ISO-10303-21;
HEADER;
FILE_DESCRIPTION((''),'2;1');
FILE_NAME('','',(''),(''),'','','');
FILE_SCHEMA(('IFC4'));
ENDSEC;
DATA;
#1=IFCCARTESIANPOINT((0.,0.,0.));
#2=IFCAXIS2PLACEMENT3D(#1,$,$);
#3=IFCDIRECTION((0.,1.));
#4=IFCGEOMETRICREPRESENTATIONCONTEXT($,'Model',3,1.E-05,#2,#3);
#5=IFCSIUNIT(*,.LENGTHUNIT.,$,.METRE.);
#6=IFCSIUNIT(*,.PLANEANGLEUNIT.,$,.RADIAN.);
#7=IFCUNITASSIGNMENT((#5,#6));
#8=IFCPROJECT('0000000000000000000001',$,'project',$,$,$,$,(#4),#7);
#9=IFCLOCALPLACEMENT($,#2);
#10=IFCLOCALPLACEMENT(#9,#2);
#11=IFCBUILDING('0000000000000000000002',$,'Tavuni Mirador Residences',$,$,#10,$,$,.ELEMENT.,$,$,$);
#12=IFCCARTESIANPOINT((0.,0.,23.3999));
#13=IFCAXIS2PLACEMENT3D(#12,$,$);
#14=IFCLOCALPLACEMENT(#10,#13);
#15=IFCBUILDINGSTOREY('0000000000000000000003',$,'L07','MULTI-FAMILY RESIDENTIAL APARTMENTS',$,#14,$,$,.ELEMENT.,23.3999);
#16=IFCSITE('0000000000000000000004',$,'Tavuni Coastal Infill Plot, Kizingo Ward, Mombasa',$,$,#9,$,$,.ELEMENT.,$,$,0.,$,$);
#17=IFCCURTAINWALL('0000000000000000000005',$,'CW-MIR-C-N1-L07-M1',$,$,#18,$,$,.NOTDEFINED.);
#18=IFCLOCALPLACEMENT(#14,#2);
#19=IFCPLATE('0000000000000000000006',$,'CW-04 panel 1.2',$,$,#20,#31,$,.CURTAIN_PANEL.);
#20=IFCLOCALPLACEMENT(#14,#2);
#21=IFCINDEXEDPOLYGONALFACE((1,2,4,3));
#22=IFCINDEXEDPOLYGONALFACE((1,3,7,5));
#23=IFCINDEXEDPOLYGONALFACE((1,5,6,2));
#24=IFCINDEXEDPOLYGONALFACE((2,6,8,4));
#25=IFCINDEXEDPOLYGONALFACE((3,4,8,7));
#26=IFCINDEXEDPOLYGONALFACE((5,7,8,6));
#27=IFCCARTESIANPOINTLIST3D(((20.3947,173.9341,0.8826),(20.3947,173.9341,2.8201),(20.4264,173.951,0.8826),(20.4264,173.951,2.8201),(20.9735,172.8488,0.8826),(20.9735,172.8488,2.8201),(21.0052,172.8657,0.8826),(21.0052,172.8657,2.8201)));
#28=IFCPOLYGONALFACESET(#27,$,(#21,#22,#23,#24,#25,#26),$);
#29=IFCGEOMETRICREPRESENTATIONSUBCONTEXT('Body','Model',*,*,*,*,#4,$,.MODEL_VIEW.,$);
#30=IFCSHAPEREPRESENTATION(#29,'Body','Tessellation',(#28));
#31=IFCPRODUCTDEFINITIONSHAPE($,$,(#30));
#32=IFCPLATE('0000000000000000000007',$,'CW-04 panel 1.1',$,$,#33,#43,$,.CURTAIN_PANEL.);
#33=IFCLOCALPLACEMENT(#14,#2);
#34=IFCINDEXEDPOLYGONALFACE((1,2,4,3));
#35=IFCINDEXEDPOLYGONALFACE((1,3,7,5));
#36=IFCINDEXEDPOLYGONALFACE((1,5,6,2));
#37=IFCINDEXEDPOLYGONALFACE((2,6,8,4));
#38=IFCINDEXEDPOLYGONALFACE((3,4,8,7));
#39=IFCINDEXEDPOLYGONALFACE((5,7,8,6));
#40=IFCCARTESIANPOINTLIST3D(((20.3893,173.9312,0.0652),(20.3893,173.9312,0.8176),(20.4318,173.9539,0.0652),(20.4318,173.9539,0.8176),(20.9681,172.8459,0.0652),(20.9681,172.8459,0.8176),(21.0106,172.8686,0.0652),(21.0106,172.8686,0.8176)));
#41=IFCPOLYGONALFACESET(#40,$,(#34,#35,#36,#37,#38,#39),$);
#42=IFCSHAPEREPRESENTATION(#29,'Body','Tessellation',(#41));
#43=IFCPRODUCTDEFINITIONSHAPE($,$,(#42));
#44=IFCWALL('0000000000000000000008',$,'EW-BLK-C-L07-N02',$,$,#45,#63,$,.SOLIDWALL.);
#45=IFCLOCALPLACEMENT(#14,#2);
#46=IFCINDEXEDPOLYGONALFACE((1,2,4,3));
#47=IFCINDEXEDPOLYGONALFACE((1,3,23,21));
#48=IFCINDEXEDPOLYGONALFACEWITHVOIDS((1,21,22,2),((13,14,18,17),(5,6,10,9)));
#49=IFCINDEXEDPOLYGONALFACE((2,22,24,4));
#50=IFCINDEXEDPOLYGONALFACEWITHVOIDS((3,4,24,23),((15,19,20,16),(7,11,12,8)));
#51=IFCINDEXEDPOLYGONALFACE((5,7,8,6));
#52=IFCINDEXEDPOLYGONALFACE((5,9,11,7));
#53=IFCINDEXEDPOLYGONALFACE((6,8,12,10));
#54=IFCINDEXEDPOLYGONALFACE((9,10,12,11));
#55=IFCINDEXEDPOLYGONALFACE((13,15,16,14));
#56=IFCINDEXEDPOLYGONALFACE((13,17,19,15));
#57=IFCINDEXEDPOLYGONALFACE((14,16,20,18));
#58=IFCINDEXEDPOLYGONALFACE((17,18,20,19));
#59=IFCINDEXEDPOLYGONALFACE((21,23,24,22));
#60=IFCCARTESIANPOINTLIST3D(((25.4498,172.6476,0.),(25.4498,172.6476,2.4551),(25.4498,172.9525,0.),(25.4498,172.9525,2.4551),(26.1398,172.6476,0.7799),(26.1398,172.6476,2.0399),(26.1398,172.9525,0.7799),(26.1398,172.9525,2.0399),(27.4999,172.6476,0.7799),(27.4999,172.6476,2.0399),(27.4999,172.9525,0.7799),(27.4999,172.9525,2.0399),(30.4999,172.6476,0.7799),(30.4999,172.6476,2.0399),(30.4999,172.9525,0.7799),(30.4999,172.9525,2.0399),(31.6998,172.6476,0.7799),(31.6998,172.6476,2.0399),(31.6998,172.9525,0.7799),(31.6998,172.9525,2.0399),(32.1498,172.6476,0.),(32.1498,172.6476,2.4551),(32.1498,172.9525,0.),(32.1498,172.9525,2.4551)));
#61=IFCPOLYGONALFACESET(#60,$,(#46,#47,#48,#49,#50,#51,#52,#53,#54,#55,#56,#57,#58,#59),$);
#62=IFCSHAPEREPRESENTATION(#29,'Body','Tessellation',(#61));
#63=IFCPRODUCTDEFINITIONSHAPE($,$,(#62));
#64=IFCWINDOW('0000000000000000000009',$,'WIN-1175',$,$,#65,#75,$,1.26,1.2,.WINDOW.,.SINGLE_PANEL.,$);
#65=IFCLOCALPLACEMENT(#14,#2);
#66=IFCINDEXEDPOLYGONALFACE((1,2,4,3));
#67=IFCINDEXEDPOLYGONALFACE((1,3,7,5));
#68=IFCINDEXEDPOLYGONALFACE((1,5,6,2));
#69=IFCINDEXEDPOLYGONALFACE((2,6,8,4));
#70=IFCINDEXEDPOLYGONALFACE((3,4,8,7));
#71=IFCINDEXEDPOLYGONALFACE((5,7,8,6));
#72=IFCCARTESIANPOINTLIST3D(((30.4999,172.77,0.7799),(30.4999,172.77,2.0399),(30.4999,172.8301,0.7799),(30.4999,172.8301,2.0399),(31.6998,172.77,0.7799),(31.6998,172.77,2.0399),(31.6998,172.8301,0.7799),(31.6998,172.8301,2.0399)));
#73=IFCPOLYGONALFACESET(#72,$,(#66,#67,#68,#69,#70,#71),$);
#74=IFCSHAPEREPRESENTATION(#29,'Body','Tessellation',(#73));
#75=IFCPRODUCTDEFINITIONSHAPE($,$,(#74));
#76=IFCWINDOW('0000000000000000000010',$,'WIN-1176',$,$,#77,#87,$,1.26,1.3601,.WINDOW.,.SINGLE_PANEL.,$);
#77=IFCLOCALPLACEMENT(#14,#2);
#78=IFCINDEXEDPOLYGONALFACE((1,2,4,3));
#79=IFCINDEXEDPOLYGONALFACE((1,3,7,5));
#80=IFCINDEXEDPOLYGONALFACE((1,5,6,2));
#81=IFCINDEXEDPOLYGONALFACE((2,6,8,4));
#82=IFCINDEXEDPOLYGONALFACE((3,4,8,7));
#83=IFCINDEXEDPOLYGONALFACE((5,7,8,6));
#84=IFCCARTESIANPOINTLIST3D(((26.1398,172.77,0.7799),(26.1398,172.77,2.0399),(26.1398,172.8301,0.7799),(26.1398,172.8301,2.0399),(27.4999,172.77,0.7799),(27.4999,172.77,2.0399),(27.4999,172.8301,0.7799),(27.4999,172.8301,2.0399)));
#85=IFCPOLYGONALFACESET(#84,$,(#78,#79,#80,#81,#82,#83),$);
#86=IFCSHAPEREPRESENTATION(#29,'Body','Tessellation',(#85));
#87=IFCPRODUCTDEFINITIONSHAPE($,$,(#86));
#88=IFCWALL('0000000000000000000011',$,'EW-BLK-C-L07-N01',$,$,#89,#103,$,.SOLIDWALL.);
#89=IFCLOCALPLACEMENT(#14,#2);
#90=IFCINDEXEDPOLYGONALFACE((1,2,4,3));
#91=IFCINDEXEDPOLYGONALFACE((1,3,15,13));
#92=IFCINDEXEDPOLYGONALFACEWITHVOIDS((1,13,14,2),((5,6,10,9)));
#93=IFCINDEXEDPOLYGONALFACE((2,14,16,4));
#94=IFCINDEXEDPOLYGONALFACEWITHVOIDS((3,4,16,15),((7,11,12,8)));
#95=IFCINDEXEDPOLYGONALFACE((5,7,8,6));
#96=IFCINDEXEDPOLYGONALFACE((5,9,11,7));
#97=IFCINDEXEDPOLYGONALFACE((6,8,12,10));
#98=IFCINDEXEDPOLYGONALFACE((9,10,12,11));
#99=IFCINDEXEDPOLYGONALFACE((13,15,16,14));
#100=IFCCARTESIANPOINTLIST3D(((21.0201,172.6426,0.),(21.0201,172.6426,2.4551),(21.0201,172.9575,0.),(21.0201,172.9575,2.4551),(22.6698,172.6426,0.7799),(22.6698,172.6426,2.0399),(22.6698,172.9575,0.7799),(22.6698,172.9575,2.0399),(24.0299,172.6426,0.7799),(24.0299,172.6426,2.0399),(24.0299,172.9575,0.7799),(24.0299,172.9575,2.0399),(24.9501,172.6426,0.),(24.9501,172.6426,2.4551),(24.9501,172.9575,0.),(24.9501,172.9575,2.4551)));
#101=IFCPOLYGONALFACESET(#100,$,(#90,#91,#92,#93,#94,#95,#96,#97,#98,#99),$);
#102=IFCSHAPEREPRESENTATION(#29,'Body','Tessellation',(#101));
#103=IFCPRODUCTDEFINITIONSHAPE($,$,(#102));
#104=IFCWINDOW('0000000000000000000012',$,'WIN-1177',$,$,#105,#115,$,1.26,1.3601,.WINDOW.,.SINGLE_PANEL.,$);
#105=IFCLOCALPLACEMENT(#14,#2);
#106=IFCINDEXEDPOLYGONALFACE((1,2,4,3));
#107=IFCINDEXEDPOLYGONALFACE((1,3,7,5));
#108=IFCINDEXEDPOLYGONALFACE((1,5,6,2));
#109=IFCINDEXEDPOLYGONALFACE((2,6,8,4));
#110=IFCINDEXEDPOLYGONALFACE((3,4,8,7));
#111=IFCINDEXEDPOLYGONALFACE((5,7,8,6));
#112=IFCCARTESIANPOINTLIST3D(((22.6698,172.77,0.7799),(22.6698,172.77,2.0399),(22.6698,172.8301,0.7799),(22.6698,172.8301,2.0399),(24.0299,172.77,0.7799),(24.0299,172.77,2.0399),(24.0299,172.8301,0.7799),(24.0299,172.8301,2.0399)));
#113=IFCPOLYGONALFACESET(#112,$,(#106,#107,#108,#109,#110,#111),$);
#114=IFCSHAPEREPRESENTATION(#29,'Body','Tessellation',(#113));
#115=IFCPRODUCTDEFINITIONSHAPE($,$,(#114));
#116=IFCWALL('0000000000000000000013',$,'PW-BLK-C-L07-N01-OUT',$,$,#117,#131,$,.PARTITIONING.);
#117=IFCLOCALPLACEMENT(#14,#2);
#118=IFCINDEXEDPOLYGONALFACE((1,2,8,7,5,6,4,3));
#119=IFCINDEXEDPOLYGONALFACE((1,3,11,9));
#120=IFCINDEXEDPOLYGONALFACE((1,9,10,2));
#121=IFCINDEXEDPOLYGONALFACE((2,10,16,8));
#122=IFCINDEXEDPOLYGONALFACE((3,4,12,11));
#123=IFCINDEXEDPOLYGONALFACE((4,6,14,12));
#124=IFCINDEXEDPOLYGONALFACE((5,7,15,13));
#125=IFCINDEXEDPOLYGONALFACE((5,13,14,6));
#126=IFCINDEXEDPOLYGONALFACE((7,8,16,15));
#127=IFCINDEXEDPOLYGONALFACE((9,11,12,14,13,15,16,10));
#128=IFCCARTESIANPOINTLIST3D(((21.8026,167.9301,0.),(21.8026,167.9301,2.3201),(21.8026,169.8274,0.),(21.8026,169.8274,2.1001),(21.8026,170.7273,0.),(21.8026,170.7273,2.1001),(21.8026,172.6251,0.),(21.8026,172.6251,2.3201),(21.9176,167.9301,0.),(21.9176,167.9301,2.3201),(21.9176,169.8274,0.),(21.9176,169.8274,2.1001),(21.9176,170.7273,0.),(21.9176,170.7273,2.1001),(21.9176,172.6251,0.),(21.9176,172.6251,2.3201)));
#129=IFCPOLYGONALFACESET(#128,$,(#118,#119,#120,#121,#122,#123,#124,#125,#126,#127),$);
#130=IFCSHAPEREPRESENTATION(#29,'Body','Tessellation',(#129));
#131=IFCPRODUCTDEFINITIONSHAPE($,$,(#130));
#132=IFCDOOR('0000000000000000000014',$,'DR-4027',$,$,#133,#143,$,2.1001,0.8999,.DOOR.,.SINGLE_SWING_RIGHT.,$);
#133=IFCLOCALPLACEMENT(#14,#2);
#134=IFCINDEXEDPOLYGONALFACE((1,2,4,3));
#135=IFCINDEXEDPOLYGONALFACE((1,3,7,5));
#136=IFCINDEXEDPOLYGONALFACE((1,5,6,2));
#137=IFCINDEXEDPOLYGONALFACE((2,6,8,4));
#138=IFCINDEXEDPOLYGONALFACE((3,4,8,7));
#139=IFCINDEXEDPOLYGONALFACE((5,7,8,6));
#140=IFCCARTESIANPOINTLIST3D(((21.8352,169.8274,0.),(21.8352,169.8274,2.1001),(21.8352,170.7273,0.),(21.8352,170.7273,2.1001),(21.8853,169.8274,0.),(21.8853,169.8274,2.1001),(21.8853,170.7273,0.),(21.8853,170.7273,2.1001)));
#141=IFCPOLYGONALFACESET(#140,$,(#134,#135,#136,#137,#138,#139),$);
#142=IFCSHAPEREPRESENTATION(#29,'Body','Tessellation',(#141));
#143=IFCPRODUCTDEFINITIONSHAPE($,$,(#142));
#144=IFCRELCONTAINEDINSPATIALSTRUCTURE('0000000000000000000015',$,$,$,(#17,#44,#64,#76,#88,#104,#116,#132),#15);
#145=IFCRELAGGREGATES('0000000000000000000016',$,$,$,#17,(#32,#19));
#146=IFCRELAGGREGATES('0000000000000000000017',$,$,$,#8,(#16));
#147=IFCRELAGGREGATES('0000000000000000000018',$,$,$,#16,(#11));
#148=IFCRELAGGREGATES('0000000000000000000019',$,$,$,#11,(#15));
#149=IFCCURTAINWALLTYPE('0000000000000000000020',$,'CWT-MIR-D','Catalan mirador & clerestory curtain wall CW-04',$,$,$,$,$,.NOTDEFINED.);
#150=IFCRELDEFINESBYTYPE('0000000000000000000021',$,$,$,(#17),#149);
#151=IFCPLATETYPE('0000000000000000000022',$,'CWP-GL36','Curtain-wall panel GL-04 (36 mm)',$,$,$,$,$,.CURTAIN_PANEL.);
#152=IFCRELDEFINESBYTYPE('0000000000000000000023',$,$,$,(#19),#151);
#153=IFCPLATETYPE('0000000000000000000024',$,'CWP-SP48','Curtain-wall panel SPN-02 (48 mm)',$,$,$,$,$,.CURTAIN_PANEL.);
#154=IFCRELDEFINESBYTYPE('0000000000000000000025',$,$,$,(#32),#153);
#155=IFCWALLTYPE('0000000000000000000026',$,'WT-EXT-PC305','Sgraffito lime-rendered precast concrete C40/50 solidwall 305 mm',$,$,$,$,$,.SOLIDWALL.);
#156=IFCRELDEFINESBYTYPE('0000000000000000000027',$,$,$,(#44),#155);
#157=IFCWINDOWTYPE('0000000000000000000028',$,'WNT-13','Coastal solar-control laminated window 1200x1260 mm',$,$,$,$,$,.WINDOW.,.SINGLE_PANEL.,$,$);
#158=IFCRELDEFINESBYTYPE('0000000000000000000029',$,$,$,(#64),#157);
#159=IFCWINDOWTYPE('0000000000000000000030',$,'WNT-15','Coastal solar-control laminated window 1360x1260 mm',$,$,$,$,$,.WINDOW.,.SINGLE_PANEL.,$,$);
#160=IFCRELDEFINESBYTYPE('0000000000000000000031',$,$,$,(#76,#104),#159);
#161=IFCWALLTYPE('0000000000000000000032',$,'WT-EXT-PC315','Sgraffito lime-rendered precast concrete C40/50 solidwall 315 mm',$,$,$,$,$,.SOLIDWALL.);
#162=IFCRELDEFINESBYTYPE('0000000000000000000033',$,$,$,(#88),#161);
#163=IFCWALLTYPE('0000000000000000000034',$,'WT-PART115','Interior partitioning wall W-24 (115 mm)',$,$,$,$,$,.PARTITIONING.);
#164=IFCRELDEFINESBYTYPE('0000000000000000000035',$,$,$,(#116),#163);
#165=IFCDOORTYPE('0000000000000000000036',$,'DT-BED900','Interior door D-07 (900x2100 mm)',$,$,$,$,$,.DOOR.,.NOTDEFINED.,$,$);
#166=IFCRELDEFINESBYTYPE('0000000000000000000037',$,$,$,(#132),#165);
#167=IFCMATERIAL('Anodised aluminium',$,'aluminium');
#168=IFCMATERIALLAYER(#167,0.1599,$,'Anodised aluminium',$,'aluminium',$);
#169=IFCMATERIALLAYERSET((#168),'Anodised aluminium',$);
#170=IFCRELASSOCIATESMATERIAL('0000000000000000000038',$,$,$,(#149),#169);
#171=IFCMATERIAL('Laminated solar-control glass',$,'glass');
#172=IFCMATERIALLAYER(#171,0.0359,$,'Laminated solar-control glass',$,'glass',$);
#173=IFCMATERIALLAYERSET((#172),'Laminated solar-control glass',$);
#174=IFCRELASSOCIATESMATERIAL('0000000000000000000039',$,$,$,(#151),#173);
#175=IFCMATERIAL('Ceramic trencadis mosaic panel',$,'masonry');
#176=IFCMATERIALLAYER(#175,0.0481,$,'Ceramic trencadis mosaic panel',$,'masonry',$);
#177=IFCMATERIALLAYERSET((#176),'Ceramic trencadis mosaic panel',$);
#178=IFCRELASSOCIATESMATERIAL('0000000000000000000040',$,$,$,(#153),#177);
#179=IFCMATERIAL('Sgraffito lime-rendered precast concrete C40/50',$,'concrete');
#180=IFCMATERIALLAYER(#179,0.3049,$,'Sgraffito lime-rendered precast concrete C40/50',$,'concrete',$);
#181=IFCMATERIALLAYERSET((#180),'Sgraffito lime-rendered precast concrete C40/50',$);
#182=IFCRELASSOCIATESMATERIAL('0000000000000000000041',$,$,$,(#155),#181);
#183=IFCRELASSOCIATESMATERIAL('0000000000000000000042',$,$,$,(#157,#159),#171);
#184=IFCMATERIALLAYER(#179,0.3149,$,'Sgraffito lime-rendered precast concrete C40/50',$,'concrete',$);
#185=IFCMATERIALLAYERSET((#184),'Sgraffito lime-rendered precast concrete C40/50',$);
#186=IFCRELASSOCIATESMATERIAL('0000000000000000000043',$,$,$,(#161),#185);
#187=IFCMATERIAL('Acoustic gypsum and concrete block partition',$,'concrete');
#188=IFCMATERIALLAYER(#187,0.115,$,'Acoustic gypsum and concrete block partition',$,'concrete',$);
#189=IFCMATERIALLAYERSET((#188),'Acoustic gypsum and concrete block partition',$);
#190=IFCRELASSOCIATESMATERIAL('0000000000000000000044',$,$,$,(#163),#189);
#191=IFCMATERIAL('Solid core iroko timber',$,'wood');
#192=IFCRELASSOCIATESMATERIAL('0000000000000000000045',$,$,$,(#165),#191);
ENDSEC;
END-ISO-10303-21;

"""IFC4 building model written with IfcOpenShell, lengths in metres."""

from ifc_helpers import new_model, si_unit, direction, frame, frame_2d, origin, origin_2d, place, context, subcontext, project, spatial, rectangle, extrude, material, layer, layer_set, type_object, element, fill, aggregate, save


model = new_model("IFC4")

# Units and contexts
model_context = context("Model", 3, precision=1e-05, world=origin(), true_north=direction((0.0, 1.0)))
body_context = subcontext(model_context, "Body", "Model", "MODEL_VIEW")
ifc_project = project(units=[si_unit("LENGTHUNIT", "METRE"), si_unit("PLANEANGLEUNIT", "RADIAN")], contexts=[model_context])

# Site, building, storey
site_placement = place(None, origin())
site = spatial("IfcSite", under=ifc_project, at=site_placement, Name="Tavuni Coastal Infill Plot, Kizingo Ward, Mombasa", CompositionType="ELEMENT", RefElevation=0.0)
building_placement = place(site_placement, origin())
building = spatial("IfcBuilding", under=site, at=building_placement, Name="Tavuni Mirador Residences", CompositionType="ELEMENT")
storey_placement = place(building_placement, frame((0.0, 0.0, 23.3999)))
storey = spatial("IfcBuildingStorey", under=building, at=storey_placement, Name="L07", Description="MULTI-FAMILY RESIDENTIAL APARTMENTS", CompositionType="ELEMENT", Elevation=23.3999)

# Shared definitions
ifc_material_1 = material(Name="Anodised aluminium", Category="aluminium")

# Curtain wall
ifc_layer_1 = layer(ifc_material_1, 0.1599, Name="Anodised aluminium", Category="aluminium")
ifc_layer_set_1 = layer_set([ifc_layer_1], Name="Anodised aluminium")
curtain_wall_type_1 = type_object("IfcCurtainWallType", Name="CWT-MIR-D", Description="Catalan mirador & clerestory curtain wall CW-04", PredefinedType="NOTDEFINED", material=ifc_layer_set_1)
curtain_wall_1_placement = place(storey_placement, origin())
curtain_wall_1 = element("IfcCurtainWall", 1, at=curtain_wall_1_placement, inside=storey, type_object=curtain_wall_type_1, Name="CW-MIR-C-N1-L07-M1", PredefinedType="NOTDEFINED")

# Plates
ifc_material_2 = material(Name="Laminated solar-control glass", Category="glass")
ifc_layer_2 = layer(ifc_material_2, 0.0359, Name="Laminated solar-control glass", Category="glass")
ifc_layer_set_2 = layer_set([ifc_layer_2], Name="Laminated solar-control glass")
plate_type_1 = type_object("IfcPlateType", Name="CWP-GL36", Description="Curtain-wall panel GL-04 (36 mm)", PredefinedType="CURTAIN_PANEL", material=ifc_layer_set_2)
plate_1_placement = place(storey_placement, frame((20.7, 173.3999, 0.8826), z_axis=(0.0, 0.0, 1.0), x_axis=(-0.470588, 0.882353, 0.0)))
plate_1 = element("IfcPlate", 2, at=plate_1_placement, type_object=plate_type_1, Name="CW-04 panel 1.2", PredefinedType="CURTAIN_PANEL", context=body_context, shape_type="SweptSolid", body=[
    extrude(rectangle(XDim=1.23, YDim=0.0359, at=origin_2d()), origin(), (0.0, 0.0, 1.0), 1.9375),
])
ifc_material_3 = material(Name="Ceramic trencadis mosaic panel", Category="masonry")
ifc_layer_3 = layer(ifc_material_3, 0.0481, Name="Ceramic trencadis mosaic panel", Category="masonry")
ifc_layer_set_3 = layer_set([ifc_layer_3], Name="Ceramic trencadis mosaic panel")
plate_type_2 = type_object("IfcPlateType", Name="CWP-SP48", Description="Curtain-wall panel SPN-02 (48 mm)", PredefinedType="CURTAIN_PANEL", material=ifc_layer_set_3)
plate_2_placement = place(storey_placement, frame((20.7, 173.3999, 0.0652), z_axis=(0.0, 0.0, 1.0), x_axis=(-0.470588, 0.882353, 0.0)))
plate_2 = element("IfcPlate", 3, at=plate_2_placement, type_object=plate_type_2, Name="CW-04 panel 1.1", PredefinedType="CURTAIN_PANEL", context=body_context, shape_type="SweptSolid", body=[
    extrude(rectangle(XDim=1.23, YDim=0.0481, at=origin_2d()), origin(), (0.0, 0.0, 1.0), 0.7524),
])
aggregate(curtain_wall_1, [plate_2, plate_1])

# Wall, openings, windows
ifc_material_4 = material(Name="Sgraffito lime-rendered precast concrete C40/50", Category="concrete")
ifc_layer_4 = layer(ifc_material_4, 0.3049, Name="Sgraffito lime-rendered precast concrete C40/50", Category="concrete")
ifc_layer_set_4 = layer_set([ifc_layer_4], Name="Sgraffito lime-rendered precast concrete C40/50")
wall_type_1 = type_object("IfcWallType", Name="WT-EXT-PC305", Description="Sgraffito lime-rendered precast concrete C40/50 solidwall 305 mm", PredefinedType="SOLIDWALL", material=ifc_layer_set_4)
wall_1_placement = place(storey_placement, frame((32.1499, 172.8, 0.0), z_axis=(0.0, 0.0, 1.0), x_axis=(-1.0, 0.0, 0.0)))
wall_1 = element("IfcWall", 4, at=wall_1_placement, inside=storey, type_object=wall_type_1, Name="EW-BLK-C-L07-N02", PredefinedType="SOLIDWALL", context=body_context, shape_type="SweptSolid", body=[
    extrude(rectangle(XDim=6.7, YDim=0.3049, at=frame_2d((3.3501, 0.0))), origin(), (0.0, 0.0, 1.0), 2.4551),
])
opening_1_placement = place(wall_1_placement, frame((0.45, 0.0, 0.78)))
opening_1 = element("IfcOpeningElement", 5, at=opening_1_placement, cuts=wall_1, PredefinedType="OPENING", context=body_context, shape_type="SweptSolid", body=[
    extrude(rectangle(XDim=1.2, YDim=1.26, at=frame_2d((0.6001, 0.6299))), frame((0.0, 0.1626, 0.0), z_axis=(0.0, -1.0, 0.0), x_axis=(1.0, 0.0, 0.0)), (0.0, 0.0, 1.0), 0.325),
])
opening_2_placement = place(wall_1_placement, frame((4.6499, 0.0, 0.78)))
opening_2 = element("IfcOpeningElement", 6, at=opening_2_placement, cuts=wall_1, PredefinedType="OPENING", context=body_context, shape_type="SweptSolid", body=[
    extrude(rectangle(XDim=1.3601, YDim=1.26, at=frame_2d((0.6802, 0.6299))), frame((0.0, 0.1626, 0.0), z_axis=(0.0, -1.0, 0.0), x_axis=(1.0, 0.0, 0.0)), (0.0, 0.0, 1.0), 0.325),
])
window_type_1 = type_object("IfcWindowType", Name="WNT-13", Description="Coastal solar-control laminated window 1200x1260 mm", PartitioningType="SINGLE_PANEL", PredefinedType="WINDOW", material=ifc_material_2)
window_1_placement = place(opening_1_placement, origin())
window_1 = element("IfcWindow", 7, at=window_1_placement, inside=storey, type_object=window_type_1, Name="WIN-1175", OverallHeight=1.26, OverallWidth=1.2, PartitioningType="SINGLE_PANEL", PredefinedType="WINDOW", context=body_context, shape_type="SweptSolid", body=[
    extrude(rectangle(XDim=1.2, YDim=1.26, at=frame_2d((0.6001, 0.6299))), frame((0.0, 0.03, 0.0), z_axis=(0.0, -1.0, 0.0), x_axis=(1.0, 0.0, 0.0)), (0.0, 0.0, 1.0), 0.0601),
])
fill(opening_1, window_1)
window_type_2 = type_object("IfcWindowType", Name="WNT-15", Description="Coastal solar-control laminated window 1360x1260 mm", PartitioningType="SINGLE_PANEL", PredefinedType="WINDOW", material=ifc_material_2)
window_2_placement = place(opening_2_placement, origin())
window_2 = element("IfcWindow", 8, at=window_2_placement, inside=storey, type_object=window_type_2, Name="WIN-1176", OverallHeight=1.26, OverallWidth=1.3601, PartitioningType="SINGLE_PANEL", PredefinedType="WINDOW", context=body_context, shape_type="SweptSolid", body=[
    extrude(rectangle(XDim=1.3601, YDim=1.26, at=frame_2d((0.6802, 0.6299))), frame((0.0, 0.03, 0.0), z_axis=(0.0, -1.0, 0.0), x_axis=(1.0, 0.0, 0.0)), (0.0, 0.0, 1.0), 0.0601),
])
fill(opening_2, window_2)

# Wall, opening, window
ifc_layer_5 = layer(ifc_material_4, 0.3149, Name="Sgraffito lime-rendered precast concrete C40/50", Category="concrete")
ifc_layer_set_5 = layer_set([ifc_layer_5], Name="Sgraffito lime-rendered precast concrete C40/50")
wall_type_2 = type_object("IfcWallType", Name="WT-EXT-PC315", Description="Sgraffito lime-rendered precast concrete C40/50 solidwall 315 mm", PredefinedType="SOLIDWALL", material=ifc_layer_set_5)
wall_2_placement = place(storey_placement, frame((24.95, 172.8, 0.0), z_axis=(0.0, 0.0, 1.0), x_axis=(-1.0, 0.0, 0.0)))
wall_2 = element("IfcWall", 9, at=wall_2_placement, inside=storey, type_object=wall_type_2, Name="EW-BLK-C-L07-N01", PredefinedType="SOLIDWALL", context=body_context, shape_type="SweptSolid", body=[
    extrude(rectangle(XDim=3.9299, YDim=0.3149, at=frame_2d((1.9648, 0.0))), origin(), (0.0, 0.0, 1.0), 2.4551),
])
opening_3_placement = place(wall_2_placement, frame((0.9199, 0.0, 0.78)))
opening_3 = element("IfcOpeningElement", 10, at=opening_3_placement, cuts=wall_2, PredefinedType="OPENING", context=body_context, shape_type="SweptSolid", body=[
    extrude(rectangle(XDim=1.3601, YDim=1.26, at=frame_2d((0.6802, 0.6299))), frame((0.0, 0.1675, 0.0), z_axis=(0.0, -1.0, 0.0), x_axis=(1.0, 0.0, 0.0)), (0.0, 0.0, 1.0), 0.335),
])
window_3_placement = place(opening_3_placement, origin())
window_3 = element("IfcWindow", 11, at=window_3_placement, inside=storey, type_object=window_type_2, Name="WIN-1177", OverallHeight=1.26, OverallWidth=1.3601, PartitioningType="SINGLE_PANEL", PredefinedType="WINDOW", context=body_context, shape_type="SweptSolid", body=[
    extrude(rectangle(XDim=1.3601, YDim=1.26, at=frame_2d((0.6802, 0.6299))), frame((0.0, 0.03, 0.0), z_axis=(0.0, -1.0, 0.0), x_axis=(1.0, 0.0, 0.0)), (0.0, 0.0, 1.0), 0.0601),
])
fill(opening_3, window_3)

# Wall, opening, door
ifc_material_5 = material(Name="Acoustic gypsum and concrete block partition", Category="concrete")
ifc_layer_6 = layer(ifc_material_5, 0.115, Name="Acoustic gypsum and concrete block partition", Category="concrete")
ifc_layer_set_6 = layer_set([ifc_layer_6], Name="Acoustic gypsum and concrete block partition")
wall_type_3 = type_object("IfcWallType", Name="WT-PART115", Description="Interior partitioning wall W-24 (115 mm)", PredefinedType="PARTITIONING", material=ifc_layer_set_6)
wall_3_placement = place(storey_placement, frame((21.8601, 167.9299, 0.0), z_axis=(0.0, 0.0, 1.0), x_axis=(0.0, 1.0, 0.0)))
wall_3 = element("IfcWall", 12, at=wall_3_placement, inside=storey, type_object=wall_type_3, Name="PW-BLK-C-L07-N01-OUT", PredefinedType="PARTITIONING", context=body_context, shape_type="SweptSolid", body=[
    extrude(rectangle(XDim=4.6951, YDim=0.115, at=frame_2d((2.3477, 0.0))), origin(), (0.0, 0.0, 1.0), 2.3201),
])
opening_4_placement = place(wall_3_placement, frame((1.8975, 0.0, 0.0)))
opening_4 = element("IfcOpeningElement", 13, at=opening_4_placement, cuts=wall_3, PredefinedType="OPENING", context=body_context, shape_type="SweptSolid", body=[
    extrude(rectangle(XDim=0.8999, YDim=2.1001, at=frame_2d((0.45, 1.05))), frame((0.0, 0.0674, 0.0), z_axis=(0.0, -1.0, 0.0), x_axis=(1.0, 0.0, 0.0)), (0.0, 0.0, 1.0), 0.135),
])
ifc_material_6 = material(Name="Solid core iroko timber", Category="wood")
door_type_1 = type_object("IfcDoorType", Name="DT-BED900", Description="Interior door D-07 (900x2100 mm)", OperationType="NOTDEFINED", PredefinedType="DOOR", material=ifc_material_6)
door_1_placement = place(opening_4_placement, origin())
door_1 = element("IfcDoor", 14, at=door_1_placement, inside=storey, type_object=door_type_1, Name="DR-4027", OperationType="SINGLE_SWING_RIGHT", OverallHeight=2.1001, OverallWidth=0.8999, PredefinedType="DOOR", context=body_context, shape_type="SweptSolid", body=[
    extrude(rectangle(XDim=0.8999, YDim=2.1001, at=frame_2d((0.45, 1.05))), frame((0.0, 0.0249, 0.0), z_axis=(0.0, -1.0, 0.0), x_axis=(1.0, 0.0, 0.0)), (0.0, 0.0, 1.0), 0.05),
])
fill(opening_4, door_1)

save(model, "model.ifc")
